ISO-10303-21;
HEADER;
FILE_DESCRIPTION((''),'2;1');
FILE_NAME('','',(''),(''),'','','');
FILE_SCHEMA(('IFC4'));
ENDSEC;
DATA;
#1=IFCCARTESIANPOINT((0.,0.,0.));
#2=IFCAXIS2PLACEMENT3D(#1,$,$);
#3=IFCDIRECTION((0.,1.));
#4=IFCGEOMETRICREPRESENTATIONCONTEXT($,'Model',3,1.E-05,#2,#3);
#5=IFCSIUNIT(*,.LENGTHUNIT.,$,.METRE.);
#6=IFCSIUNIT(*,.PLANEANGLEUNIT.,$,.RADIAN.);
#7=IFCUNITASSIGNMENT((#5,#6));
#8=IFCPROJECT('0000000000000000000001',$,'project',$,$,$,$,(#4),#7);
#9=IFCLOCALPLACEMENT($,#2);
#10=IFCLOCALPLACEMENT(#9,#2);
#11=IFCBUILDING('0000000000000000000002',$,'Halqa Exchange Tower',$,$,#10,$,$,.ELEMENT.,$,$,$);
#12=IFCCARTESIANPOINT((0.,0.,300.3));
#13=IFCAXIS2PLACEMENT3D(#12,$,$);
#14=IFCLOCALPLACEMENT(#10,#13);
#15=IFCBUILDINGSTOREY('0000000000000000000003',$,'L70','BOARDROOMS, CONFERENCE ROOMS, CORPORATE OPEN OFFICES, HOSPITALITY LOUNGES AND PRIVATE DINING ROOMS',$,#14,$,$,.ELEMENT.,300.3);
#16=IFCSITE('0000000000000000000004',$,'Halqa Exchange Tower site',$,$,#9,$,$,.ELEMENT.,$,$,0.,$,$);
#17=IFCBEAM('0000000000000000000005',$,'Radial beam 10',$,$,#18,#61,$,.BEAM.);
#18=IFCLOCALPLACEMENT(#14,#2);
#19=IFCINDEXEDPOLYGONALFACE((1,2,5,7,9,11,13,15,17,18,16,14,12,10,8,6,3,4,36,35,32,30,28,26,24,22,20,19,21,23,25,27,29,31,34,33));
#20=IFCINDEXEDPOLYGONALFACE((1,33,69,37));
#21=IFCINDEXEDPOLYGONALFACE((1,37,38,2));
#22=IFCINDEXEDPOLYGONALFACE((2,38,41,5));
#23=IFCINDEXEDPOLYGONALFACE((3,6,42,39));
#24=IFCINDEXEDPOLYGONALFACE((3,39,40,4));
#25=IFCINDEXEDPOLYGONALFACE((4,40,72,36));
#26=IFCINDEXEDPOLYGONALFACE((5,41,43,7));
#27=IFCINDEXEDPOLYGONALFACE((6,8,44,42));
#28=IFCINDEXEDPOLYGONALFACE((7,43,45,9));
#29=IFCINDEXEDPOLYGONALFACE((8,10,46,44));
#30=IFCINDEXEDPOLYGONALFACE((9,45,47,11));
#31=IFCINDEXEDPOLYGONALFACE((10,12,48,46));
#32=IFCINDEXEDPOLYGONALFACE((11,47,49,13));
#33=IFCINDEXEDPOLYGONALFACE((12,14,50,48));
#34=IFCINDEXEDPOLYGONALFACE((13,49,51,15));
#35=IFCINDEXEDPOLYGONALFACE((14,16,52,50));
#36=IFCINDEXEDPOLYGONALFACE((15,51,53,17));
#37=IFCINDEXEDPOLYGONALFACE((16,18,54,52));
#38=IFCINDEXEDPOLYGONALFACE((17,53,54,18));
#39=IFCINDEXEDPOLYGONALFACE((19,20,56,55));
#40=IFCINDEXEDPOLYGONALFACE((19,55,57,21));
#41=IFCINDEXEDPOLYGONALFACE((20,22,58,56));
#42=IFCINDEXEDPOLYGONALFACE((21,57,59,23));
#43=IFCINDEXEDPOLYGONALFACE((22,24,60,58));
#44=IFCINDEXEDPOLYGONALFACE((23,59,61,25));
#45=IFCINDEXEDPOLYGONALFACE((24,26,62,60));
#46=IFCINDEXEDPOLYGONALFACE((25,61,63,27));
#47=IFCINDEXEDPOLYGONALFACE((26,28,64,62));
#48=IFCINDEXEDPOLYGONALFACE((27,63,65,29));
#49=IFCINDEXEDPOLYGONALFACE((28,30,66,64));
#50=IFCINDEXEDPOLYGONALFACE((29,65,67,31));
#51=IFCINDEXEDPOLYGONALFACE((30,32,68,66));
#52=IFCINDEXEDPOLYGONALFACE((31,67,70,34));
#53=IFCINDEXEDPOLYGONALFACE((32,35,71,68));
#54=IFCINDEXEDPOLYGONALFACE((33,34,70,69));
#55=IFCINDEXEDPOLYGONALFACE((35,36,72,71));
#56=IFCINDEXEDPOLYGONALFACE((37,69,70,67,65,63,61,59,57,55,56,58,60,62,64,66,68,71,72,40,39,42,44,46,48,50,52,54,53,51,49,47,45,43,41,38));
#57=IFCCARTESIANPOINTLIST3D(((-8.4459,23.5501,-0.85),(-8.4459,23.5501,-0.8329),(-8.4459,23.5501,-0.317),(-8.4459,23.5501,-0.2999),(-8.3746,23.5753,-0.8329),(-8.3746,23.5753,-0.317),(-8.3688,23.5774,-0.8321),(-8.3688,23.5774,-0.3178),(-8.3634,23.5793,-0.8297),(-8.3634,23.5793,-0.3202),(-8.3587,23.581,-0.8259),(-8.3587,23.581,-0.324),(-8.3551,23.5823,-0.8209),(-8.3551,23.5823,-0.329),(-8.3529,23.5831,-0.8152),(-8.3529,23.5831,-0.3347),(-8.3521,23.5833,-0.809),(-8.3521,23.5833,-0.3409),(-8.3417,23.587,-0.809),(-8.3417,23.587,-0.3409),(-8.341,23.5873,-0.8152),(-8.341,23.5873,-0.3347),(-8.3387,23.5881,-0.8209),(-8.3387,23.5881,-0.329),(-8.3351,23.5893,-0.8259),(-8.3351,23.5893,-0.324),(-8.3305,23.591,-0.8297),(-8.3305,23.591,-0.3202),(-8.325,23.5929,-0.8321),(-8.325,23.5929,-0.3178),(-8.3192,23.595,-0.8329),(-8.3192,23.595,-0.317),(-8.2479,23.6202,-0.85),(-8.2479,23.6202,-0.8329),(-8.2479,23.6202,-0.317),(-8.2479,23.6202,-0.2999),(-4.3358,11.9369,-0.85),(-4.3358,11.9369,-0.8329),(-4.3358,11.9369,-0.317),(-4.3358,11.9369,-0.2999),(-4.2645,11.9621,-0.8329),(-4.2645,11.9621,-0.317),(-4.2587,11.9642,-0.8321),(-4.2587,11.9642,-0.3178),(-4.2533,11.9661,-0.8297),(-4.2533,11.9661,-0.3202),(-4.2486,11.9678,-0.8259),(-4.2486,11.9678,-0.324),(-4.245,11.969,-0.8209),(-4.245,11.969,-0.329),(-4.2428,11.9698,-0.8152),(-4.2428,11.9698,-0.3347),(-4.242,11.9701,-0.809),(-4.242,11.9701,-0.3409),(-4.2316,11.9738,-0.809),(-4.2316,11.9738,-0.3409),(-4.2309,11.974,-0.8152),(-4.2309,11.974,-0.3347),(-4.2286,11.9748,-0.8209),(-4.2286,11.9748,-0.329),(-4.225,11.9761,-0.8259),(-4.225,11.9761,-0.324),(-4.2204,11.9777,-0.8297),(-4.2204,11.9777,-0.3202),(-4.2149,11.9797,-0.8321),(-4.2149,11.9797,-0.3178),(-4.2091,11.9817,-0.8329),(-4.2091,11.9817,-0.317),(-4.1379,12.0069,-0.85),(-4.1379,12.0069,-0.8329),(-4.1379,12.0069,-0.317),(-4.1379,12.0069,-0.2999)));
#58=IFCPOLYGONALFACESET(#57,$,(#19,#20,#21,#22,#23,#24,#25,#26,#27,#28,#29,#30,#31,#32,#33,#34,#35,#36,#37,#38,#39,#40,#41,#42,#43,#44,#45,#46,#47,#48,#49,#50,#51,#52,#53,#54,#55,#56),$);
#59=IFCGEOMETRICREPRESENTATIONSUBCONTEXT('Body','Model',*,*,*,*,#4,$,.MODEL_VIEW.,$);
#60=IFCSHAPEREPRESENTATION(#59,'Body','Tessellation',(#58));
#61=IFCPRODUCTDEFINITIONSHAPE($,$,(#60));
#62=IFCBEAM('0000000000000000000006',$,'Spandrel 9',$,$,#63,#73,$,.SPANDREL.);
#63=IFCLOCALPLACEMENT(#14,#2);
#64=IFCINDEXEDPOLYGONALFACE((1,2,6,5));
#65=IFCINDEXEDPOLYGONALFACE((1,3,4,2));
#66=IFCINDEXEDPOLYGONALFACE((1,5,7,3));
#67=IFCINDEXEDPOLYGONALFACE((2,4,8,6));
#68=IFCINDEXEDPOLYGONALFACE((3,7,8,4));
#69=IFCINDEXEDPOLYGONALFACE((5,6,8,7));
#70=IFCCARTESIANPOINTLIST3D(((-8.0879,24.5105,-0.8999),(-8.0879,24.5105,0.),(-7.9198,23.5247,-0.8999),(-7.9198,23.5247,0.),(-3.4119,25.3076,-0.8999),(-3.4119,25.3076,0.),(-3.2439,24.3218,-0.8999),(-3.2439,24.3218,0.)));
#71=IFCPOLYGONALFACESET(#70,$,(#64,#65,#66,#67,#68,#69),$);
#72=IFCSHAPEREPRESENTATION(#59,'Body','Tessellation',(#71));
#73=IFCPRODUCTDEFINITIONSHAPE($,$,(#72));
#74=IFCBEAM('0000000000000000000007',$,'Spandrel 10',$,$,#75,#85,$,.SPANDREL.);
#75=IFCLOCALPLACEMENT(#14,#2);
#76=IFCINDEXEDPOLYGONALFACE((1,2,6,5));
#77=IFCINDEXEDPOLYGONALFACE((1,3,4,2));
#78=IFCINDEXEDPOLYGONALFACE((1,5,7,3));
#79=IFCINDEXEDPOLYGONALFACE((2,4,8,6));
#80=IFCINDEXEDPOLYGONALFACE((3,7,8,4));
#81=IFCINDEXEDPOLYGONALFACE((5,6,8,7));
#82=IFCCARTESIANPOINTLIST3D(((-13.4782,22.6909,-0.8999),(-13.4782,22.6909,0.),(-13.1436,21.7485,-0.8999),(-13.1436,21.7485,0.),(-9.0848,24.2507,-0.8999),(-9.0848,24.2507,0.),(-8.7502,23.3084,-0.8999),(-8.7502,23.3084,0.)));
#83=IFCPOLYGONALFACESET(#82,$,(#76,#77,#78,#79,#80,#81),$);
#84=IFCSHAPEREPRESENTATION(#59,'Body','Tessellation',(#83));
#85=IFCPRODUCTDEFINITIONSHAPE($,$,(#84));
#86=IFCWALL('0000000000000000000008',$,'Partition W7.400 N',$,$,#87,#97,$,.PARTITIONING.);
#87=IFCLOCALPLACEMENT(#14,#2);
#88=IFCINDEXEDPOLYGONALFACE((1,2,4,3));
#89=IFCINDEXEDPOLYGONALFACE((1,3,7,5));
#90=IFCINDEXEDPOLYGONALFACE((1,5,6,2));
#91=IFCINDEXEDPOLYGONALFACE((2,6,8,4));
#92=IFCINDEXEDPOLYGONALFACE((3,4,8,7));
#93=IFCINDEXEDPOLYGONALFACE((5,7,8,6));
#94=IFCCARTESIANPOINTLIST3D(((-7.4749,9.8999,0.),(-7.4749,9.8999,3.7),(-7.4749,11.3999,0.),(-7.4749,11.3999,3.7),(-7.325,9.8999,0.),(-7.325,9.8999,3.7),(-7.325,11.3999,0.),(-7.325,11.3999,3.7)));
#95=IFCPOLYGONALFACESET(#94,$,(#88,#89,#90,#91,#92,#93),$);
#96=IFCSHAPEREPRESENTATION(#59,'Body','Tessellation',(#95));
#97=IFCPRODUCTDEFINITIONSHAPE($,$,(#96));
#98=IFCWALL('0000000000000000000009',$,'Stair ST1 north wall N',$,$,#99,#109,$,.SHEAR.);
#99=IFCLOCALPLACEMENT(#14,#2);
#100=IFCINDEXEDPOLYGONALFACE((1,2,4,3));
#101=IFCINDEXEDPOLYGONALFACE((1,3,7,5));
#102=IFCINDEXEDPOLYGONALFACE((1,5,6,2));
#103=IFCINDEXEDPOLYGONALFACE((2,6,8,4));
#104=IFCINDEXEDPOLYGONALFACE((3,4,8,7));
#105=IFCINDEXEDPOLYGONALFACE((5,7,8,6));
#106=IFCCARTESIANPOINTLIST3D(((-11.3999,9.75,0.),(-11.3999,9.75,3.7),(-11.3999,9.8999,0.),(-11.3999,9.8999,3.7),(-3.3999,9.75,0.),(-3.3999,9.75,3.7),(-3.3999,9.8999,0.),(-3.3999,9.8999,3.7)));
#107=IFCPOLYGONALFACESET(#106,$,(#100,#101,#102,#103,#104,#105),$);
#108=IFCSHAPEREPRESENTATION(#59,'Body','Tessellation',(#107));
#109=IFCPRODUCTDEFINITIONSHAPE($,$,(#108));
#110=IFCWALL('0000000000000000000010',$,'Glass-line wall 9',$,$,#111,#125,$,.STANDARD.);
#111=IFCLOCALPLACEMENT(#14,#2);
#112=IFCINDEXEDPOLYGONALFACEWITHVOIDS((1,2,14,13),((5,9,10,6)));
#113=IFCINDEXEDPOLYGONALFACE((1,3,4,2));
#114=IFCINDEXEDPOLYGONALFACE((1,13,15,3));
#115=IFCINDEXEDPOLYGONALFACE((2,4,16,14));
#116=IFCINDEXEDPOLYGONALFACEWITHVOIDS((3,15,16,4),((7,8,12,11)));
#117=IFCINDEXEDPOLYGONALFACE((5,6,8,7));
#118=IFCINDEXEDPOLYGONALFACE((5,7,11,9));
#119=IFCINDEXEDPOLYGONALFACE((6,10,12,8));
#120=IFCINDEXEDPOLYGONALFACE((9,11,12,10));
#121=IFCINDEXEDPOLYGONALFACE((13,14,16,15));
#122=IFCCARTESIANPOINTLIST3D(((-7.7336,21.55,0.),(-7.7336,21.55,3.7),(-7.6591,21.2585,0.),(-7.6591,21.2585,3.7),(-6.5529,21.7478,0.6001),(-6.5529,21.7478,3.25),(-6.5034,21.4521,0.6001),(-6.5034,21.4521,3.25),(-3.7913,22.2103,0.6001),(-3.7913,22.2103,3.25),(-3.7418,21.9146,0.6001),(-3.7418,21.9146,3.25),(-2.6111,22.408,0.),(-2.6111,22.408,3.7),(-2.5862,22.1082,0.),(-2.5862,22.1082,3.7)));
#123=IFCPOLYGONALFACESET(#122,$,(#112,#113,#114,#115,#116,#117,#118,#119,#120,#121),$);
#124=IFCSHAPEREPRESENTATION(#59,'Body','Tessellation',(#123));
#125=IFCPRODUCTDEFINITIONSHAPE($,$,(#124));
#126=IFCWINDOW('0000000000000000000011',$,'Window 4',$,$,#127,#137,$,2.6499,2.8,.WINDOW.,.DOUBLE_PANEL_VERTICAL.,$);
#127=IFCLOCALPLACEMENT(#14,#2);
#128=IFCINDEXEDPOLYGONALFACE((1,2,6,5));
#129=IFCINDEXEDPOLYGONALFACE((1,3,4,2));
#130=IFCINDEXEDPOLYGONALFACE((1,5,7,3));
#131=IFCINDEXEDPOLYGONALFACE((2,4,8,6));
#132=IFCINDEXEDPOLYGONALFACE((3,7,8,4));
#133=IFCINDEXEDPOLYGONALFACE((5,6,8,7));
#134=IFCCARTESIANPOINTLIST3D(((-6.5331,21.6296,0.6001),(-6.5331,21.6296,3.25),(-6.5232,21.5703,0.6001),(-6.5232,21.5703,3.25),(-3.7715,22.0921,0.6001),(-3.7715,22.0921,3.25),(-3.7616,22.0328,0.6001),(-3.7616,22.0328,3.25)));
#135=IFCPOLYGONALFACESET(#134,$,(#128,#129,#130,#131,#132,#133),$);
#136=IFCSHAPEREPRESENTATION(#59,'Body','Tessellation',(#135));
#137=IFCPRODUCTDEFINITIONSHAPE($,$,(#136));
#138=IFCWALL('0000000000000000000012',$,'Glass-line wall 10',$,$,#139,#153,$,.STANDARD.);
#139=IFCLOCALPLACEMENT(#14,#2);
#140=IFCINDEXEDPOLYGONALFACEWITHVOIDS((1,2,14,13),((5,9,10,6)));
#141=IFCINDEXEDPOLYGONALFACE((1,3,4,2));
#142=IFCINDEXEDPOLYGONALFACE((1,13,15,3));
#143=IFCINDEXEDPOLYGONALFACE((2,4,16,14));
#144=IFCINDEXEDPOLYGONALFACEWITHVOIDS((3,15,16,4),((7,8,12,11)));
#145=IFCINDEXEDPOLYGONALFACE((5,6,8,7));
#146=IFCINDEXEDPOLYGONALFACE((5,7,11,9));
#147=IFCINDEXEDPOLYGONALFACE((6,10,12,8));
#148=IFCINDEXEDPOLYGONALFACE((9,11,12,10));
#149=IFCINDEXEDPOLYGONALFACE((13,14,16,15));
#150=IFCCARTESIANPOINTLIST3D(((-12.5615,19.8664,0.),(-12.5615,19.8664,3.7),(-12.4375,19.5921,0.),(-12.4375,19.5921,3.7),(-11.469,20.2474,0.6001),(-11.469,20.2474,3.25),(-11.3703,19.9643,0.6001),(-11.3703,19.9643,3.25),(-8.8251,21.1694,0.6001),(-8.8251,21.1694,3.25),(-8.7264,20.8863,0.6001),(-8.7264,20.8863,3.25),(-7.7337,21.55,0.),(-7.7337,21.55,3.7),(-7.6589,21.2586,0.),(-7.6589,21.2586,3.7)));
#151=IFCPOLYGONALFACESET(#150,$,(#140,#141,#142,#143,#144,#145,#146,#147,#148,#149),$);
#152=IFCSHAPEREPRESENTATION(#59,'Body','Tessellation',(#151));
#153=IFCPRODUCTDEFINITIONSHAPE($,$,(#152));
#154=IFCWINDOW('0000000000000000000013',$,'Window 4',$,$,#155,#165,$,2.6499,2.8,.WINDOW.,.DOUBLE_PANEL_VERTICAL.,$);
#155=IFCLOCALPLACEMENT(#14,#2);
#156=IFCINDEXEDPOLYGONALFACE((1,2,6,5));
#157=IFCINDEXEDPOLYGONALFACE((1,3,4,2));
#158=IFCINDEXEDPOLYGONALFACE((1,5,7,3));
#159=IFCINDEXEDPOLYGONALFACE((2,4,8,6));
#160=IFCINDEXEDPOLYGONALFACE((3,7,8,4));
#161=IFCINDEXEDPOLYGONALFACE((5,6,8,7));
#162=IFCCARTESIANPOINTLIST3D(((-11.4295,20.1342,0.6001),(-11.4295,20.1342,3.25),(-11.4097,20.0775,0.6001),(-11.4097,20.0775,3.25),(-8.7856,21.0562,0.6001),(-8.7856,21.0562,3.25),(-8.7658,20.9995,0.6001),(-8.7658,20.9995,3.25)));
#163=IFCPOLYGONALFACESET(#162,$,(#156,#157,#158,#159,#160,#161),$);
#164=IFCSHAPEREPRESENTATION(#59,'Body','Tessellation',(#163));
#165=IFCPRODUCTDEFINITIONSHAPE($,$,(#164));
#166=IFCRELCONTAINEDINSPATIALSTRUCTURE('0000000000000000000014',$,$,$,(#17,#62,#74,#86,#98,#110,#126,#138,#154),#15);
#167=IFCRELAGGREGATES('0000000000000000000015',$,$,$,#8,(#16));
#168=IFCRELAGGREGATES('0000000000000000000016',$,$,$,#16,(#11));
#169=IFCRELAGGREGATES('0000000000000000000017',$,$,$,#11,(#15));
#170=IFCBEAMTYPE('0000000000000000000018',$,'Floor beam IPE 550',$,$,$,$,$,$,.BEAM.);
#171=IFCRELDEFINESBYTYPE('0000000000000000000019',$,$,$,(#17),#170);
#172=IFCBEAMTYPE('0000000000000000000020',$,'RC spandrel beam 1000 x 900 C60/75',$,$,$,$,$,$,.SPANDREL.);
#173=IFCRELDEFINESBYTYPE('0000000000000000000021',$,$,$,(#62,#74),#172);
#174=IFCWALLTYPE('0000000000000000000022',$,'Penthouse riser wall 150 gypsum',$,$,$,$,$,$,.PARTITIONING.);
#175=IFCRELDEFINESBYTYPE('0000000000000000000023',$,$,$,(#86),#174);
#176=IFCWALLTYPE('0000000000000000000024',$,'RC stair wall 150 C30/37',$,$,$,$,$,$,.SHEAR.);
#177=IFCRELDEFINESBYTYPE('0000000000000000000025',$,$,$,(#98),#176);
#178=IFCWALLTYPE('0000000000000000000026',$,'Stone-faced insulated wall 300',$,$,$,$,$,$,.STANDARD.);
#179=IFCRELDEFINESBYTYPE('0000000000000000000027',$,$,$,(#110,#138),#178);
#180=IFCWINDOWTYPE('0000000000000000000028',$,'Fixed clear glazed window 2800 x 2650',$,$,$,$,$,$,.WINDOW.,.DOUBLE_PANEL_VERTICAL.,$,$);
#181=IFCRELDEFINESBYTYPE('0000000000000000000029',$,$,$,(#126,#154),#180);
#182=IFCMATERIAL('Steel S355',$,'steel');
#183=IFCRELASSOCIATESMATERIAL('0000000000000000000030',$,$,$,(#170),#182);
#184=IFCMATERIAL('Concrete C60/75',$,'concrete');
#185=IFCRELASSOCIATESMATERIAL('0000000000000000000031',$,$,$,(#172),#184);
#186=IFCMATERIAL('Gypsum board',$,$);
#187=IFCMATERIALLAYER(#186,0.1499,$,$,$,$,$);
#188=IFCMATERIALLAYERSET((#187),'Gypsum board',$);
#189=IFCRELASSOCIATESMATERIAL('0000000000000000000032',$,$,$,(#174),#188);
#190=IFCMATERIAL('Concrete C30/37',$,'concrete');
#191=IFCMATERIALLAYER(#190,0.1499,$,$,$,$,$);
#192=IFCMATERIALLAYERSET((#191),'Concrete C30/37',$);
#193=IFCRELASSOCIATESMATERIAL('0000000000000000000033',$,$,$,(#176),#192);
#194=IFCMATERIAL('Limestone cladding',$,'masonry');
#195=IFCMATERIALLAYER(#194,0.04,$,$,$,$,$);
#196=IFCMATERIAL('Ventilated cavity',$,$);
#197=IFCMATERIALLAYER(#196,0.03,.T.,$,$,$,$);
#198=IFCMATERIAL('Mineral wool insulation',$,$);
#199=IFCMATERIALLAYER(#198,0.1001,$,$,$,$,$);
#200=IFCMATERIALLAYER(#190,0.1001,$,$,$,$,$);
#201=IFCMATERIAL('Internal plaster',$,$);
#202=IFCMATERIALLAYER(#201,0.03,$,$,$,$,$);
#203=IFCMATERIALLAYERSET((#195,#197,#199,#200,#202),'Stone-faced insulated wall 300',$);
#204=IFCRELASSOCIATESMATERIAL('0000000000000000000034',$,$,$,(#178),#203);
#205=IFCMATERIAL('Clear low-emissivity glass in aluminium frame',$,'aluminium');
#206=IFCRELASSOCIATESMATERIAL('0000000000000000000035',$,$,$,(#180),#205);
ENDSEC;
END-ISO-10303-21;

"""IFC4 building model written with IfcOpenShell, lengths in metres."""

from ifc_helpers import new_model, si_unit, direction, frame, frame_2d, origin, origin_2d, place, context, subcontext, project, spatial, polyline, rectangle, i_section, outline, extrude, material, layer, layer_set, material_profile, profile_set, type_object, element, fill, save


model = new_model("IFC4")

# Units and contexts
model_context = context("Model", 3, precision=1e-05, world=origin(), true_north=direction((0.0, 1.0)))
body_context = subcontext(model_context, "Body", "Model", "MODEL_VIEW")
ifc_project = project(units=[si_unit("LENGTHUNIT", "METRE"), si_unit("PLANEANGLEUNIT", "RADIAN")], contexts=[model_context])

# Site, building, storey
site_placement = place(None, origin())
site = spatial("IfcSite", under=ifc_project, at=site_placement, Name="Halqa Exchange Tower site", CompositionType="ELEMENT", RefElevation=0.0)
building_placement = place(site_placement, origin())
building = spatial("IfcBuilding", under=site, at=building_placement, Name="Halqa Exchange Tower", CompositionType="ELEMENT")
storey_placement = place(building_placement, frame((0.0, 0.0, 300.3)))
storey = spatial("IfcBuildingStorey", under=building, at=storey_placement, Name="L70", Description="BOARDROOMS, CONFERENCE ROOMS, CORPORATE OPEN OFFICES, HOSPITALITY LOUNGES AND PRIVATE DINING ROOMS", CompositionType="ELEMENT", Elevation=300.3)

# Beams
ifc_material_1 = material(Name="Steel S355", Category="steel")
ifc_material_profile_1 = material_profile(ifc_material_1, i_section(OverallWidth=0.21, OverallDepth=0.55, WebThickness=0.011, FlangeThickness=0.0171, FilletRadius=0.0239, at=origin_2d()), Name="IPE 550")
ifc_profile_set_1 = profile_set([ifc_material_profile_1], Name="Steel S355")
beam_type_1 = type_object("IfcBeamType", Name="Floor beam IPE 550", PredefinedType="BEAM", material=ifc_profile_set_1)
beam_1_placement = place(storey_placement, frame((-4.2368, 11.9719, -0.575), z_axis=(-0.333636, 0.942702, 0.0), x_axis=(-0.942702, -0.333636, 0.0)))
element("IfcBeam", 1, at=beam_1_placement, inside=storey, type_object=beam_type_1, Name="Radial beam 10", PredefinedType="BEAM", context=body_context, shape_type="SweptSolid", body=[
    extrude(i_section(OverallWidth=0.21, OverallDepth=0.55, WebThickness=0.011, FlangeThickness=0.0171, FilletRadius=0.0239, at=origin_2d()), origin(), (0.0, 0.0, 1.0), 12.3191),
])
ifc_material_2 = material(Name="Concrete C60/75", Category="concrete")
ifc_material_profile_2 = material_profile(ifc_material_2, rectangle(XDim=1.0, YDim=0.8999, at=origin_2d()), Name="1000 x 900")
ifc_profile_set_2 = profile_set([ifc_material_profile_2], Name="Concrete C60/75")
beam_type_2 = type_object("IfcBeamType", Name="RC spandrel beam 1000 x 900 C60/75", PredefinedType="SPANDREL", material=ifc_profile_set_2)
beam_2_placement = place(storey_placement, frame((-3.3279, 24.8147, -0.45), z_axis=(-0.985779, -0.168045, 0.0), x_axis=(0.168045, -0.985779, 0.0)))
element("IfcBeam", 2, at=beam_2_placement, inside=storey, type_object=beam_type_2, Name="Spandrel 9", PredefinedType="SPANDREL", context=body_context, shape_type="SweptSolid", body=[
    extrude(rectangle(XDim=1.0, YDim=0.8999, at=origin_2d()), origin(), (0.0, 0.0, 1.0), 4.7434),
])
beam_3_placement = place(storey_placement, frame((-8.9175, 23.7795, -0.45), z_axis=(-0.942367, -0.334581, 0.0), x_axis=(0.334581, -0.942367, 0.0)))
element("IfcBeam", 3, at=beam_3_placement, inside=storey, type_object=beam_type_2, Name="Spandrel 10", PredefinedType="SPANDREL", context=body_context, shape_type="SweptSolid", body=[
    extrude(rectangle(XDim=1.0, YDim=0.8999, at=origin_2d()), origin(), (0.0, 0.0, 1.0), 4.6621),
])

# Walls
ifc_material_3 = material(Name="Gypsum board")
ifc_layer_1 = layer(ifc_material_3, 0.1499)
ifc_layer_set_1 = layer_set([ifc_layer_1], Name="Gypsum board")
wall_type_1 = type_object("IfcWallType", Name="Penthouse riser wall 150 gypsum", PredefinedType="PARTITIONING", material=ifc_layer_set_1)
wall_1_placement = place(storey_placement, frame((-7.3999, 9.8999, 0.0), z_axis=(0.0, 0.0, 1.0), x_axis=(0.0, 1.0, 0.0)))
element("IfcWall", 4, at=wall_1_placement, inside=storey, type_object=wall_type_1, Name="Partition W7.400 N", PredefinedType="PARTITIONING", context=body_context, shape_type="SweptSolid", body=[
    extrude(rectangle(XDim=1.5, YDim=0.1499, at=frame_2d((0.75, 0.0))), origin(), (0.0, 0.0, 1.0), 3.7),
])
ifc_material_4 = material(Name="Concrete C30/37", Category="concrete")
ifc_layer_2 = layer(ifc_material_4, 0.1499)
ifc_layer_set_2 = layer_set([ifc_layer_2], Name="Concrete C30/37")
wall_type_2 = type_object("IfcWallType", Name="RC stair wall 150 C30/37", PredefinedType="SHEAR", material=ifc_layer_set_2)
wall_2_placement = place(storey_placement, frame((-11.3999, 9.825, 0.0), z_axis=(0.0, 0.0, 1.0), x_axis=(1.0, 0.0, 0.0)))
element("IfcWall", 5, at=wall_2_placement, inside=storey, type_object=wall_type_2, Name="Stair ST1 north wall N", PredefinedType="SHEAR", context=body_context, shape_type="SweptSolid", body=[
    extrude(rectangle(XDim=8.0, YDim=0.1499, at=frame_2d((4.0, 0.0))), origin(), (0.0, 0.0, 1.0), 3.7),
])

# Walls, openings, windows
ifc_material_5 = material(Name="Limestone cladding", Category="masonry")
ifc_layer_3 = layer(ifc_material_5, 0.04)
ifc_material_6 = material(Name="Ventilated cavity")
ifc_layer_4 = layer(ifc_material_6, 0.03, ventilated=True)
ifc_material_7 = material(Name="Mineral wool insulation")
ifc_layer_5 = layer(ifc_material_7, 0.1001)
ifc_layer_6 = layer(ifc_material_4, 0.1001)
ifc_material_8 = material(Name="Internal plaster")
ifc_layer_7 = layer(ifc_material_8, 0.03)
ifc_layer_set_3 = layer_set([ifc_layer_3, ifc_layer_4, ifc_layer_5, ifc_layer_6, ifc_layer_7], Name="Stone-faced insulated wall 300")
wall_type_3 = type_object("IfcWallType", Name="Stone-faced insulated wall 300", PredefinedType="STANDARD", material=ifc_layer_set_3)
wall_3_placement = place(storey_placement, frame((-2.5986, 22.2581, 0.0), z_axis=(0.0, 0.0, 1.0), x_axis=(-0.986263, -0.16518, 0.0)))
wall_3 = element("IfcWall", 6, at=wall_3_placement, inside=storey, type_object=wall_type_3, Name="Glass-line wall 9", PredefinedType="STANDARD", context=body_context, shape_type="SweptSolid", body=[
    extrude(outline(polyline([(-0.0125, -0.1499), (5.1814, -0.1499), (5.156, 0.1499), (0.0125, 0.1499), (-0.0125, -0.1499)])), origin(), (0.0, 0.0, 1.0), 3.7),
])
opening_1_placement = place(wall_3_placement, frame((1.1843, 0.0, 0.6001)))
opening_1 = element("IfcOpeningElement", 7, at=opening_1_placement, cuts=wall_3, PredefinedType="OPENING", context=body_context, shape_type="SweptSolid", body=[
    extrude(rectangle(XDim=2.8, YDim=2.6499, at=frame_2d((1.3999, 1.325))), frame((0.0, 0.1621, 0.0), z_axis=(0.0, -1.0, 0.0), x_axis=(1.0, 0.0, 0.0)), (0.0, 0.0, 1.0), 0.324),
])
ifc_material_9 = material(Name="Clear low-emissivity glass in aluminium frame", Category="aluminium")
window_type = type_object("IfcWindowType", Name="Fixed clear glazed window 2800 x 2650", PartitioningType="DOUBLE_PANEL_VERTICAL", PredefinedType="WINDOW", material=ifc_material_9)
window_1_placement = place(opening_1_placement, origin())
window_1 = element("IfcWindow", 8, at=window_1_placement, inside=storey, type_object=window_type, Name="Window 4", OverallHeight=2.6499, OverallWidth=2.8, PartitioningType="DOUBLE_PANEL_VERTICAL", PredefinedType="WINDOW", context=body_context, shape_type="SweptSolid", body=[
    extrude(rectangle(XDim=2.8, YDim=2.6499, at=frame_2d((1.3999, 1.325))), frame((0.0, 0.03, 0.0), z_axis=(0.0, -1.0, 0.0), x_axis=(1.0, 0.0, 0.0)), (0.0, 0.0, 1.0), 0.0601),
])
fill(opening_1, window_1)
wall_4_placement = place(storey_placement, frame((-7.6963, 21.4043, 0.0), z_axis=(0.0, 0.0, 1.0), x_axis=(-0.94423, -0.329286, 0.0)))
wall_4 = element("IfcWall", 9, at=wall_4_placement, inside=storey, type_object=wall_type_3, Name="Glass-line wall 10", PredefinedType="STANDARD", context=body_context, shape_type="SweptSolid", body=[
    extrude(outline(polyline([(-0.0127, -0.1499), (5.1003, -0.1499), (5.0735, 0.1499), (0.0127, 0.1499), (-0.0127, -0.1499)])), origin(), (0.0, 0.0, 1.0), 3.7),
])
opening_2_placement = place(wall_4_placement, frame((1.1433, 0.0, 0.6001)))
opening_2 = element("IfcOpeningElement", 10, at=opening_2_placement, cuts=wall_4, PredefinedType="OPENING", context=body_context, shape_type="SweptSolid", body=[
    extrude(rectangle(XDim=2.8, YDim=2.6499, at=frame_2d((1.3999, 1.325))), frame((0.0, 0.1621, 0.0), z_axis=(0.0, -1.0, 0.0), x_axis=(1.0, 0.0, 0.0)), (0.0, 0.0, 1.0), 0.324),
])
window_2_placement = place(opening_2_placement, origin())
window_2 = element("IfcWindow", 11, at=window_2_placement, inside=storey, type_object=window_type, Name="Window 4", OverallHeight=2.6499, OverallWidth=2.8, PartitioningType="DOUBLE_PANEL_VERTICAL", PredefinedType="WINDOW", context=body_context, shape_type="SweptSolid", body=[
    extrude(rectangle(XDim=2.8, YDim=2.6499, at=frame_2d((1.3999, 1.325))), frame((0.0, 0.03, 0.0), z_axis=(0.0, -1.0, 0.0), x_axis=(1.0, 0.0, 0.0)), (0.0, 0.0, 1.0), 0.0601),
])
fill(opening_2, window_2)

save(model, "model.ifc")
